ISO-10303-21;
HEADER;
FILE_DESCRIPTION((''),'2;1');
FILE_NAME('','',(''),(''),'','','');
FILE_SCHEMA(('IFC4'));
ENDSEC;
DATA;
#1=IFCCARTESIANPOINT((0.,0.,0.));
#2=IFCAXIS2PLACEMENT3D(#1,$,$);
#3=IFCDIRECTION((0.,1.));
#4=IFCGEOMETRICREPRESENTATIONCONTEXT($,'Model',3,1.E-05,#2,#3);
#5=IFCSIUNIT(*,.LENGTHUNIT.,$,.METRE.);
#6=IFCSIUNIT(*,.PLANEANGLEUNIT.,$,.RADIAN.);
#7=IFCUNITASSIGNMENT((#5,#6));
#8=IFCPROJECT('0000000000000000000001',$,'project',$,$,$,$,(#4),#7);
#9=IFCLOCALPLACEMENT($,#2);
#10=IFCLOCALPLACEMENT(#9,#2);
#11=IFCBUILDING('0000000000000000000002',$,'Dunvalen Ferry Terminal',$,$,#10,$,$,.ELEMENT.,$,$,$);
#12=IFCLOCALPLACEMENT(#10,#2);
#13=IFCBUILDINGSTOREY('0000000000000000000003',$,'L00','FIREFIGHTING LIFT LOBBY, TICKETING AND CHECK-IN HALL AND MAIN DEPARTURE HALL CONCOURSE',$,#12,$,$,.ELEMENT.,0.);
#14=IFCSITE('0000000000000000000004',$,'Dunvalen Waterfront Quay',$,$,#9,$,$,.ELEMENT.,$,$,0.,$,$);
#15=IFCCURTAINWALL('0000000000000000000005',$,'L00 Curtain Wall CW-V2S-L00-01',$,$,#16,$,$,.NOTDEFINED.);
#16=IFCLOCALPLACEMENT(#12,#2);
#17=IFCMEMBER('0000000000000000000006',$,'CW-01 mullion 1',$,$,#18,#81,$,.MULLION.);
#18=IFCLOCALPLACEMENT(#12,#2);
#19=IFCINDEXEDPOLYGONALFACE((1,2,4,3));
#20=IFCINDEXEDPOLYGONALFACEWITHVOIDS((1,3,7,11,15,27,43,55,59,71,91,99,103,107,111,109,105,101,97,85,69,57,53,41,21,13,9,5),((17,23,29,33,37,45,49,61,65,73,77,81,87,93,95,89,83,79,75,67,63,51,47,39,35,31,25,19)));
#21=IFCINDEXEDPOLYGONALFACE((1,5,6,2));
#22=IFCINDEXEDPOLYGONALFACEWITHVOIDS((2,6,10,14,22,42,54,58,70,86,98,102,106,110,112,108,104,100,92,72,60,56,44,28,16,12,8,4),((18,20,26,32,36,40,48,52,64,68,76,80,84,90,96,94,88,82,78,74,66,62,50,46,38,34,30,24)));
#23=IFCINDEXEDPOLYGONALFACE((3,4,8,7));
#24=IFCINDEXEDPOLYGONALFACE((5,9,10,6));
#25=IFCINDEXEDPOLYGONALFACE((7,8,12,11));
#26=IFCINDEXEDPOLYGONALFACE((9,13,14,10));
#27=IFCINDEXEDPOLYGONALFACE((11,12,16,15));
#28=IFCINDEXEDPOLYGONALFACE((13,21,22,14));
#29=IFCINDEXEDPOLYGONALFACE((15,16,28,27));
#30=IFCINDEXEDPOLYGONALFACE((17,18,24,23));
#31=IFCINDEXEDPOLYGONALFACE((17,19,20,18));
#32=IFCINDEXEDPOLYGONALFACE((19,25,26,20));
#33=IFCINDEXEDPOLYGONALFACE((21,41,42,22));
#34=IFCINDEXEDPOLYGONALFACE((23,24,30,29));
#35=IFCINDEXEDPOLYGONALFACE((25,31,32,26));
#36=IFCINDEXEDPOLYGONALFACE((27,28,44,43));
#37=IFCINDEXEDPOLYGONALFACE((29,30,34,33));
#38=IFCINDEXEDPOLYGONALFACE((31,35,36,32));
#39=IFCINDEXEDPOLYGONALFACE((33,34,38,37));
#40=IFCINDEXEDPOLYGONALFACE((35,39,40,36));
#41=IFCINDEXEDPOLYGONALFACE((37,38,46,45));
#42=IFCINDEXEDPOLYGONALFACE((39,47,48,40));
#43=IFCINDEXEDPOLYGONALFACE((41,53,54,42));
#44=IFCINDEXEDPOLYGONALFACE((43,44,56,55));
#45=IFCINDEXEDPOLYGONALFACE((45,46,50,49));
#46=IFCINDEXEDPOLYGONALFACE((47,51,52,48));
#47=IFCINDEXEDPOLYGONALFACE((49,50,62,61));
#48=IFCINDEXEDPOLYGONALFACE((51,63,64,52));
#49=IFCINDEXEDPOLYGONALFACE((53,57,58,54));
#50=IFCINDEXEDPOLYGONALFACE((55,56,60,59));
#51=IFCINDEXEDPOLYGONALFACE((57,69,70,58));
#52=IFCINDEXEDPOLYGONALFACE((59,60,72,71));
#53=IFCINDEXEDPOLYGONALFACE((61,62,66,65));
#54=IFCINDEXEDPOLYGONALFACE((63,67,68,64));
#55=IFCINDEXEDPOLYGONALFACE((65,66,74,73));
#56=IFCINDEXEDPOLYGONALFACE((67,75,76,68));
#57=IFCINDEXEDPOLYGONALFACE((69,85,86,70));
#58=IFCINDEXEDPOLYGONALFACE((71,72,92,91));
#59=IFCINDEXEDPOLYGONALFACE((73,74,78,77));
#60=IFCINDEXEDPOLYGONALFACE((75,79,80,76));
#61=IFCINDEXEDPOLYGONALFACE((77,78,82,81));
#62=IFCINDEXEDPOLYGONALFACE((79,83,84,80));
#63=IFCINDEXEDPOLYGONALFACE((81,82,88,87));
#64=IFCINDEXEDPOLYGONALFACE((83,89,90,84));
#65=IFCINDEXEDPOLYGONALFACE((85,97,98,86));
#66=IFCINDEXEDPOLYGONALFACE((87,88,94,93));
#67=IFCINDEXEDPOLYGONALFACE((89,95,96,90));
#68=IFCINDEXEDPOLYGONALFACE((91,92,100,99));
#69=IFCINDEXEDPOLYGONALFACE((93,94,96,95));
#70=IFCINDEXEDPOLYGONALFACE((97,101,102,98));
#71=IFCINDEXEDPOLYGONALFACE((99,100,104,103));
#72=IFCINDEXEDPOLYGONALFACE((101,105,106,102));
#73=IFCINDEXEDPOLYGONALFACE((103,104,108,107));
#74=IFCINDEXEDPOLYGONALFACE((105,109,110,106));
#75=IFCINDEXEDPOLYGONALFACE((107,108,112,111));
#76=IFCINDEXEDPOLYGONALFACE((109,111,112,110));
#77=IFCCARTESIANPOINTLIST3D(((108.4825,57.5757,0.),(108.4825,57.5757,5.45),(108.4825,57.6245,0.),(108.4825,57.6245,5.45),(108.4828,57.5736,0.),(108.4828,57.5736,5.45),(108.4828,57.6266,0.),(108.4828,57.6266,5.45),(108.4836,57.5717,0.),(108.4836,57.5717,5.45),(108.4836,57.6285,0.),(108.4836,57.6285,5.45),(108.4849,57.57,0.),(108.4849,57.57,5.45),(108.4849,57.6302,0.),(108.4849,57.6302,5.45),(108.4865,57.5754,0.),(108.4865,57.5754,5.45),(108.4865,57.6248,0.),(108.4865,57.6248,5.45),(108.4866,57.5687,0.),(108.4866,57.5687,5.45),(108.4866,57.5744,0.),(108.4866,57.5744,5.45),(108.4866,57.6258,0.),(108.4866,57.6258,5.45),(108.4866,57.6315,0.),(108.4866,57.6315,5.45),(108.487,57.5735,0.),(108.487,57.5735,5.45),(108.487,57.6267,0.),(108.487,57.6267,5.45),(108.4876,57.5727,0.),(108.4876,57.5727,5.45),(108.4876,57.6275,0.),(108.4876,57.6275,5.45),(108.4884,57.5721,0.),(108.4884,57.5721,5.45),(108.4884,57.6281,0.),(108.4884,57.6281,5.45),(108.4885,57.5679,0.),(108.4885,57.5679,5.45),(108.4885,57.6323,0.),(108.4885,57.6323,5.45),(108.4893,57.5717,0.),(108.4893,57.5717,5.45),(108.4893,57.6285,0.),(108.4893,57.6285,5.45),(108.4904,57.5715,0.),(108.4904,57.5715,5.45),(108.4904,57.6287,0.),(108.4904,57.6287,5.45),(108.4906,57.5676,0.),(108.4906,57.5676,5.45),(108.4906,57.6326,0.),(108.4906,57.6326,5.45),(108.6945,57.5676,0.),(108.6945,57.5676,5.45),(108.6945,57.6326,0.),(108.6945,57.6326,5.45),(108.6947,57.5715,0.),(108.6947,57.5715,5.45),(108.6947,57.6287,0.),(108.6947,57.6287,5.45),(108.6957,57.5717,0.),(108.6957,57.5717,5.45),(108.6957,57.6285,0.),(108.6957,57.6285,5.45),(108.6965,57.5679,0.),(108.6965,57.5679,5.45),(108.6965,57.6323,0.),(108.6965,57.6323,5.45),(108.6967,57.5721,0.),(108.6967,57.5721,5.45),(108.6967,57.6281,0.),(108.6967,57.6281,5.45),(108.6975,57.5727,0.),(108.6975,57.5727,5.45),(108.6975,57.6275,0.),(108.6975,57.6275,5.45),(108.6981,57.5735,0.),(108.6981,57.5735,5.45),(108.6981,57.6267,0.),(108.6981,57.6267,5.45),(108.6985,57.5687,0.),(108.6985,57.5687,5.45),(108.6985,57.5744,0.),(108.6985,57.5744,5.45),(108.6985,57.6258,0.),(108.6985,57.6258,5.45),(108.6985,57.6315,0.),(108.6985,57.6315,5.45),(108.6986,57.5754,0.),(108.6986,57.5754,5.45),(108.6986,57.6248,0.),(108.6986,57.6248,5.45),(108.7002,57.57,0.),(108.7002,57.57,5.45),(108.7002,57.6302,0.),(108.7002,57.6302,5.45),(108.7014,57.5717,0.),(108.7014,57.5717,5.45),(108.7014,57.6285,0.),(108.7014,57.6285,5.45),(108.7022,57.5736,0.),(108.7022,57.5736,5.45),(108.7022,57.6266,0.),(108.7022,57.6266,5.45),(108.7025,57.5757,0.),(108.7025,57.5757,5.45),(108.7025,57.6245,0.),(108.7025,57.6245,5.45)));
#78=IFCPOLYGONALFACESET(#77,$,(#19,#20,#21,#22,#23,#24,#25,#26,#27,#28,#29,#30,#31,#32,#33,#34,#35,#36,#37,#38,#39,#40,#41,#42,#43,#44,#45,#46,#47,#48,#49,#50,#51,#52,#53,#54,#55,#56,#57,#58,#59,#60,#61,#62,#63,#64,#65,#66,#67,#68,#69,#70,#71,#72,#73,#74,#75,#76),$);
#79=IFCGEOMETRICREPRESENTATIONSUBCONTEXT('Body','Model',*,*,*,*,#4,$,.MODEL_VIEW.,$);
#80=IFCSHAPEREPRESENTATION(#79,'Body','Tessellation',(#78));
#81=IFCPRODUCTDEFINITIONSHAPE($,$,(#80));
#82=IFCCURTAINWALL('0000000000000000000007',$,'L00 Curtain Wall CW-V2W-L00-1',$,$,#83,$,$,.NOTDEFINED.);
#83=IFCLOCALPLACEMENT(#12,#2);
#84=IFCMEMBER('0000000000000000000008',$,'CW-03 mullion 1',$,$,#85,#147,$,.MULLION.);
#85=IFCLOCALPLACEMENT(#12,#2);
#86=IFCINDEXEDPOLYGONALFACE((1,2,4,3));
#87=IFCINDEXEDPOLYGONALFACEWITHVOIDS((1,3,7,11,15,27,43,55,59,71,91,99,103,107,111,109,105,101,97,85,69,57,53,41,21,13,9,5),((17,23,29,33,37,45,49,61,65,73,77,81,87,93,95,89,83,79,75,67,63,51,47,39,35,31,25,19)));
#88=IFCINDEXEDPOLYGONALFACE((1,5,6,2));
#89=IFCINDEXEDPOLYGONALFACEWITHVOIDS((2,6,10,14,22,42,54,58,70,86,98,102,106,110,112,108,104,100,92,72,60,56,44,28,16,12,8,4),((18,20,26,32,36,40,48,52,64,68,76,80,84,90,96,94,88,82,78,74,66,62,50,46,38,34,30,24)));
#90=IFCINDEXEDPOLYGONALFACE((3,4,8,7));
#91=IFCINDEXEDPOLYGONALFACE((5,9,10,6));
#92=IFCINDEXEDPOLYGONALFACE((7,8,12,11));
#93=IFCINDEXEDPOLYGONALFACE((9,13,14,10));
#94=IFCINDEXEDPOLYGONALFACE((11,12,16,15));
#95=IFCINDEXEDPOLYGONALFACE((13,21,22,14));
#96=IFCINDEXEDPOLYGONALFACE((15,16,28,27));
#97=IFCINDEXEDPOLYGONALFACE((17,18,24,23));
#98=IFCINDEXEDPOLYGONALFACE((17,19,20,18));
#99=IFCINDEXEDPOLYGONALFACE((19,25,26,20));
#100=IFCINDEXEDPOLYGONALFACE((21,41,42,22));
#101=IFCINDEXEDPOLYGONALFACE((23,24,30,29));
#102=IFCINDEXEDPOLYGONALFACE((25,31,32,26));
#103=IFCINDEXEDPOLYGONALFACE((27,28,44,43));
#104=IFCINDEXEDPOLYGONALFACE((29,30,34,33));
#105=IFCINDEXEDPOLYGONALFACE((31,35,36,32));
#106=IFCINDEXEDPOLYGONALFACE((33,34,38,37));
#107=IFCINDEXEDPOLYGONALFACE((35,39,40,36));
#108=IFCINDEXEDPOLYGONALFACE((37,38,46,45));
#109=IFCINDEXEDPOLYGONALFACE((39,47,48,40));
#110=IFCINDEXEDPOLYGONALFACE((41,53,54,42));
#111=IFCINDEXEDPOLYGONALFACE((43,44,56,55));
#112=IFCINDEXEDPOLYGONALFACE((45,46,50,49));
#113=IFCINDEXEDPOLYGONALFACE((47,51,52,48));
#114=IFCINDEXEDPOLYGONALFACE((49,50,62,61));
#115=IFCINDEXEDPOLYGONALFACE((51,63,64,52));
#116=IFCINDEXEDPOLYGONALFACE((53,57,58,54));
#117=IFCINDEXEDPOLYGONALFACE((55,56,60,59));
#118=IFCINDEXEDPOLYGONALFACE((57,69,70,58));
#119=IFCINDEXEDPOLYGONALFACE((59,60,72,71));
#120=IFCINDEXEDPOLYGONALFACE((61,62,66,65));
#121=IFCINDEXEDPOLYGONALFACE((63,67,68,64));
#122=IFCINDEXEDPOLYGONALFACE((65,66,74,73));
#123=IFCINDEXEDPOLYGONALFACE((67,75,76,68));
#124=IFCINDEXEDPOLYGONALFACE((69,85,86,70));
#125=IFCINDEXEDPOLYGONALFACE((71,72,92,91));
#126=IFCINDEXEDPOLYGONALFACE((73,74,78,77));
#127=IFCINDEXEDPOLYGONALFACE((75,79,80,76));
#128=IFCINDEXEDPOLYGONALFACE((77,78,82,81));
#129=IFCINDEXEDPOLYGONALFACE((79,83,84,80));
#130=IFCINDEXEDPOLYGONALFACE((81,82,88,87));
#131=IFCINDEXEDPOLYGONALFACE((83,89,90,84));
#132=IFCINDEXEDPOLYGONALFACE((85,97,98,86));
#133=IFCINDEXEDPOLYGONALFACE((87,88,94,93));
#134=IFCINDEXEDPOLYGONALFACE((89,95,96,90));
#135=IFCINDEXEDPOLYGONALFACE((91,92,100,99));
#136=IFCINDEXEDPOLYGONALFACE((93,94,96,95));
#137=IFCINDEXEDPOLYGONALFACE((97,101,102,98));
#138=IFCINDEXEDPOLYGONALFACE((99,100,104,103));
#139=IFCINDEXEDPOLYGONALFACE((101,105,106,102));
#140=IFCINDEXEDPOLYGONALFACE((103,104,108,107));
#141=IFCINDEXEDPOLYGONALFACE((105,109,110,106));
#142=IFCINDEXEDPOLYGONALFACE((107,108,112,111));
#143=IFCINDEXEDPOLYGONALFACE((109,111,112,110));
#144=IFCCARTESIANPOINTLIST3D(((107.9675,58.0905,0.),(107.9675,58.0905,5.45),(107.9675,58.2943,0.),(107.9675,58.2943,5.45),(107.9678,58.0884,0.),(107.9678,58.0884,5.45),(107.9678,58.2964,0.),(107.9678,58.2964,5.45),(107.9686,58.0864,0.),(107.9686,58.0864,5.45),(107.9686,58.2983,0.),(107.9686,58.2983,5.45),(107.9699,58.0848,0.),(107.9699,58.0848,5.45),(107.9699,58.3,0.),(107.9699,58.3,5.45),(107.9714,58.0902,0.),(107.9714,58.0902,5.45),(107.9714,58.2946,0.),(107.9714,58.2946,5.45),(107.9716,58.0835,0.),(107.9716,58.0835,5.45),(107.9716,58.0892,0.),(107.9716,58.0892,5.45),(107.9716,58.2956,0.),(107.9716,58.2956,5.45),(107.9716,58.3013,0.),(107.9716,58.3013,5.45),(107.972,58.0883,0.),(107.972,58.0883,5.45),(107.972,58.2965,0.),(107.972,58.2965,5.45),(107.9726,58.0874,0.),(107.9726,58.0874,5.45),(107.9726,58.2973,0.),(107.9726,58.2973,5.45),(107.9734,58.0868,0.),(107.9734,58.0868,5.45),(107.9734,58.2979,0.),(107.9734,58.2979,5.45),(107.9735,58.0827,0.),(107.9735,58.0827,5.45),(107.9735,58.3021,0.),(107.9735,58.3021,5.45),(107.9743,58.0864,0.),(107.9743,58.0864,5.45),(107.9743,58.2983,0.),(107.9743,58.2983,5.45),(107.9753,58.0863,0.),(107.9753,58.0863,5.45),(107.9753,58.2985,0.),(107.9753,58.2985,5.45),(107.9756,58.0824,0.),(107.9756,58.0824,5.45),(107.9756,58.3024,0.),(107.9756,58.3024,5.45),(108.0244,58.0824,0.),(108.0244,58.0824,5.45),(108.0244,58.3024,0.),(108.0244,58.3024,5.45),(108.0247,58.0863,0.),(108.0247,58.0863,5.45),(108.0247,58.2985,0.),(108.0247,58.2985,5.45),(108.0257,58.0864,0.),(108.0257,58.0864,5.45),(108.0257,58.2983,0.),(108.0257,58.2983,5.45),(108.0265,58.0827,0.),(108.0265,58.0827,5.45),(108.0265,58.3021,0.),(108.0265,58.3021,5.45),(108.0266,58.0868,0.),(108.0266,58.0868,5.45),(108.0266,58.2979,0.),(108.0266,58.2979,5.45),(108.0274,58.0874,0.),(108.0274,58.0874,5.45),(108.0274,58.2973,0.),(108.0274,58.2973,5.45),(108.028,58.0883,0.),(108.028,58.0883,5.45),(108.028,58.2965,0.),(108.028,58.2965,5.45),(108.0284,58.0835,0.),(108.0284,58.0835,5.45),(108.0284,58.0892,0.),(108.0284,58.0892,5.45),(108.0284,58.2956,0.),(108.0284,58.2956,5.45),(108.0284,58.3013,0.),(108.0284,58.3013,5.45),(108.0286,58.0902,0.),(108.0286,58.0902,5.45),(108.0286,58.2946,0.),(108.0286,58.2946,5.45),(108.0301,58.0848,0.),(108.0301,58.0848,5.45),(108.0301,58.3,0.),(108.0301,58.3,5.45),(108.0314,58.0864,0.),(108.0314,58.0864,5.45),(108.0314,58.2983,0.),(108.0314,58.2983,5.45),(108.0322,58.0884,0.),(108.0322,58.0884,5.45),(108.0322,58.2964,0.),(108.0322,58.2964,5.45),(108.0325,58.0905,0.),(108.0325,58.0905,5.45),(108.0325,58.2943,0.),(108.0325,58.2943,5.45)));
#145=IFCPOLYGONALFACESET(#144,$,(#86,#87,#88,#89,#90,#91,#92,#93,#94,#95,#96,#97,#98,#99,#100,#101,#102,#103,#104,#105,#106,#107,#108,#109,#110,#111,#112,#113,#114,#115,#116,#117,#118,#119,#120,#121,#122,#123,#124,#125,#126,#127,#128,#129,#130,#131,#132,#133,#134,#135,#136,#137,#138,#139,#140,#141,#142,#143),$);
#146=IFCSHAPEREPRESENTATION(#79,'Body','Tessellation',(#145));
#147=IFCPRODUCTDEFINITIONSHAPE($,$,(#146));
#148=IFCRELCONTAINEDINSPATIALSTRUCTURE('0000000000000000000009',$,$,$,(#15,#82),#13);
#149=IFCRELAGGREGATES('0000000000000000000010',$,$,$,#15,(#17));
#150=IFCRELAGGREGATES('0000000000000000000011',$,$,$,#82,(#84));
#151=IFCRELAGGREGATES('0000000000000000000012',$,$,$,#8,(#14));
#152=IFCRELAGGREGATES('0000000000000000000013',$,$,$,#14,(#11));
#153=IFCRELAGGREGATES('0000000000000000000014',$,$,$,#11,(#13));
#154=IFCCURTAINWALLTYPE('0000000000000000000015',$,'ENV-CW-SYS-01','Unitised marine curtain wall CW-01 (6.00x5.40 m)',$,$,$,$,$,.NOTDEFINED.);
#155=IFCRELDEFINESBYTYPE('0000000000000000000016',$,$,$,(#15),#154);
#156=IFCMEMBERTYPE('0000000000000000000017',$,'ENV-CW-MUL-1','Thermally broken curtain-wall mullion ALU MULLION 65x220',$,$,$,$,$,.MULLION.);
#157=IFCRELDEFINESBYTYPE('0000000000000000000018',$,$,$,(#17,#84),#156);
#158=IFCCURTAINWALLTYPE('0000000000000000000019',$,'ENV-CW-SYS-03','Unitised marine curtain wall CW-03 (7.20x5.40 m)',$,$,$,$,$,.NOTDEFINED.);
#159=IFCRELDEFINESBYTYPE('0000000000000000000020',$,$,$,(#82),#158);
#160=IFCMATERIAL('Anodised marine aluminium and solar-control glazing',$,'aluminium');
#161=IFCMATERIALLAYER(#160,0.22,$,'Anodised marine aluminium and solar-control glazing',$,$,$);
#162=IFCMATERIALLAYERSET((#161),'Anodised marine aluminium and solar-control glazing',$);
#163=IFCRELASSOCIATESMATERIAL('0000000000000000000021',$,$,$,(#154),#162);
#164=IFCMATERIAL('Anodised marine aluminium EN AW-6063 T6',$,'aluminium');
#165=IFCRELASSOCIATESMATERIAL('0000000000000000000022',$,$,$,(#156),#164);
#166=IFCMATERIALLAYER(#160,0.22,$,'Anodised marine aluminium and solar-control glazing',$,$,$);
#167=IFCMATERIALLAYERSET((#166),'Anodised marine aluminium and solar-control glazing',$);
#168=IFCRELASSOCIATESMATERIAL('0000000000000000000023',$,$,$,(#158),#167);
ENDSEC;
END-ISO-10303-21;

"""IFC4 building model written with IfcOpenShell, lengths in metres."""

from ifc_helpers import new_model, si_unit, direction, frame, origin, origin_2d, place, context, subcontext, project, spatial, hollow_rectangle, extrude, material, layer, layer_set, material_profile, profile_set, type_object, element, aggregate, save


model = new_model("IFC4")

# Units and contexts
model_context = context("Model", 3, precision=1e-05, world=origin(), true_north=direction((0.0, 1.0)))
body_context = subcontext(model_context, "Body", "Model", "MODEL_VIEW")
ifc_project = project(units=[si_unit("LENGTHUNIT", "METRE"), si_unit("PLANEANGLEUNIT", "RADIAN")], contexts=[model_context])

# Site, building, storey
site_placement = place(None, origin())
site = spatial("IfcSite", under=ifc_project, at=site_placement, Name="Dunvalen Waterfront Quay", CompositionType="ELEMENT", RefElevation=0.0)
building_placement = place(site_placement, origin())
building = spatial("IfcBuilding", under=site, at=building_placement, Name="Dunvalen Ferry Terminal", CompositionType="ELEMENT")
storey_placement = place(building_placement, origin())
storey = spatial("IfcBuildingStorey", under=building, at=storey_placement, Name="L00", Description="FIREFIGHTING LIFT LOBBY, TICKETING AND CHECK-IN HALL AND MAIN DEPARTURE HALL CONCOURSE", CompositionType="ELEMENT", Elevation=0.0)

# Curtain wall, member
ifc_material_1 = material(Name="Anodised marine aluminium and solar-control glazing", Category="aluminium")
ifc_layer_1 = layer(ifc_material_1, 0.22, Name="Anodised marine aluminium and solar-control glazing")
ifc_layer_set_1 = layer_set([ifc_layer_1], Name="Anodised marine aluminium and solar-control glazing")
curtain_wall_type_1 = type_object("IfcCurtainWallType", Name="ENV-CW-SYS-01", Description="Unitised marine curtain wall CW-01 (6.00x5.40 m)", PredefinedType="NOTDEFINED", material=ifc_layer_set_1)
curtain_wall_1_placement = place(storey_placement, origin())
curtain_wall_1 = element("IfcCurtainWall", 1, at=curtain_wall_1_placement, inside=storey, type_object=curtain_wall_type_1, Name="L00 Curtain Wall CW-V2S-L00-01", PredefinedType="NOTDEFINED")
ifc_material_2 = material(Name="Anodised marine aluminium EN AW-6063 T6", Category="aluminium")
ifc_material_profile_1 = material_profile(ifc_material_2, hollow_rectangle(XDim=0.0649, YDim=0.22, WallThickness=0.0039, InnerFilletRadius=0.0039, OuterFilletRadius=0.0081, at=origin_2d()), Name="Anodised marine aluminium EN AW-6063 T6")
ifc_profile_set_1 = profile_set([ifc_material_profile_1], Name="Anodised marine aluminium EN AW-6063 T6")
member_type_1 = type_object("IfcMemberType", Name="ENV-CW-MUL-1", Description="Thermally broken curtain-wall mullion ALU MULLION 65x220", PredefinedType="MULLION", material=ifc_profile_set_1)
member_1_placement = place(storey_placement, frame((108.5925, 57.6001, 0.0), z_axis=(0.0, 0.0, 1.0), x_axis=(0.0, 1.0, 0.0)))
member_1 = element("IfcMember", 2, at=member_1_placement, type_object=member_type_1, Name="CW-01 mullion 1", PredefinedType="MULLION", context=body_context, shape_type="SweptSolid", body=[
    extrude(hollow_rectangle(XDim=0.0649, YDim=0.22, WallThickness=0.0039, InnerFilletRadius=0.0039, OuterFilletRadius=0.0081, at=origin_2d()), origin(), (0.0, 0.0, 1.0), 5.45),
])

# Curtain wall, member
ifc_layer_2 = layer(ifc_material_1, 0.22, Name="Anodised marine aluminium and solar-control glazing")
ifc_layer_set_2 = layer_set([ifc_layer_2], Name="Anodised marine aluminium and solar-control glazing")
curtain_wall_type_2 = type_object("IfcCurtainWallType", Name="ENV-CW-SYS-03", Description="Unitised marine curtain wall CW-03 (7.20x5.40 m)", PredefinedType="NOTDEFINED", material=ifc_layer_set_2)
curtain_wall_2_placement = place(storey_placement, origin())
curtain_wall_2 = element("IfcCurtainWall", 3, at=curtain_wall_2_placement, inside=storey, type_object=curtain_wall_type_2, Name="L00 Curtain Wall CW-V2W-L00-1", PredefinedType="NOTDEFINED")
member_2_placement = place(storey_placement, frame((108.0, 58.1924, 0.0), z_axis=(0.0, 0.0, 1.0), x_axis=(-1.0, 0.0, 0.0)))
member_2 = element("IfcMember", 4, at=member_2_placement, type_object=member_type_1, Name="CW-03 mullion 1", PredefinedType="MULLION", context=body_context, shape_type="SweptSolid", body=[
    extrude(hollow_rectangle(XDim=0.0649, YDim=0.22, WallThickness=0.0039, InnerFilletRadius=0.0039, OuterFilletRadius=0.0081, at=origin_2d()), origin(), (0.0, 0.0, 1.0), 5.45),
])

aggregate(curtain_wall_1, [member_1])

aggregate(curtain_wall_2, [member_2])

save(model, "model.ifc")
